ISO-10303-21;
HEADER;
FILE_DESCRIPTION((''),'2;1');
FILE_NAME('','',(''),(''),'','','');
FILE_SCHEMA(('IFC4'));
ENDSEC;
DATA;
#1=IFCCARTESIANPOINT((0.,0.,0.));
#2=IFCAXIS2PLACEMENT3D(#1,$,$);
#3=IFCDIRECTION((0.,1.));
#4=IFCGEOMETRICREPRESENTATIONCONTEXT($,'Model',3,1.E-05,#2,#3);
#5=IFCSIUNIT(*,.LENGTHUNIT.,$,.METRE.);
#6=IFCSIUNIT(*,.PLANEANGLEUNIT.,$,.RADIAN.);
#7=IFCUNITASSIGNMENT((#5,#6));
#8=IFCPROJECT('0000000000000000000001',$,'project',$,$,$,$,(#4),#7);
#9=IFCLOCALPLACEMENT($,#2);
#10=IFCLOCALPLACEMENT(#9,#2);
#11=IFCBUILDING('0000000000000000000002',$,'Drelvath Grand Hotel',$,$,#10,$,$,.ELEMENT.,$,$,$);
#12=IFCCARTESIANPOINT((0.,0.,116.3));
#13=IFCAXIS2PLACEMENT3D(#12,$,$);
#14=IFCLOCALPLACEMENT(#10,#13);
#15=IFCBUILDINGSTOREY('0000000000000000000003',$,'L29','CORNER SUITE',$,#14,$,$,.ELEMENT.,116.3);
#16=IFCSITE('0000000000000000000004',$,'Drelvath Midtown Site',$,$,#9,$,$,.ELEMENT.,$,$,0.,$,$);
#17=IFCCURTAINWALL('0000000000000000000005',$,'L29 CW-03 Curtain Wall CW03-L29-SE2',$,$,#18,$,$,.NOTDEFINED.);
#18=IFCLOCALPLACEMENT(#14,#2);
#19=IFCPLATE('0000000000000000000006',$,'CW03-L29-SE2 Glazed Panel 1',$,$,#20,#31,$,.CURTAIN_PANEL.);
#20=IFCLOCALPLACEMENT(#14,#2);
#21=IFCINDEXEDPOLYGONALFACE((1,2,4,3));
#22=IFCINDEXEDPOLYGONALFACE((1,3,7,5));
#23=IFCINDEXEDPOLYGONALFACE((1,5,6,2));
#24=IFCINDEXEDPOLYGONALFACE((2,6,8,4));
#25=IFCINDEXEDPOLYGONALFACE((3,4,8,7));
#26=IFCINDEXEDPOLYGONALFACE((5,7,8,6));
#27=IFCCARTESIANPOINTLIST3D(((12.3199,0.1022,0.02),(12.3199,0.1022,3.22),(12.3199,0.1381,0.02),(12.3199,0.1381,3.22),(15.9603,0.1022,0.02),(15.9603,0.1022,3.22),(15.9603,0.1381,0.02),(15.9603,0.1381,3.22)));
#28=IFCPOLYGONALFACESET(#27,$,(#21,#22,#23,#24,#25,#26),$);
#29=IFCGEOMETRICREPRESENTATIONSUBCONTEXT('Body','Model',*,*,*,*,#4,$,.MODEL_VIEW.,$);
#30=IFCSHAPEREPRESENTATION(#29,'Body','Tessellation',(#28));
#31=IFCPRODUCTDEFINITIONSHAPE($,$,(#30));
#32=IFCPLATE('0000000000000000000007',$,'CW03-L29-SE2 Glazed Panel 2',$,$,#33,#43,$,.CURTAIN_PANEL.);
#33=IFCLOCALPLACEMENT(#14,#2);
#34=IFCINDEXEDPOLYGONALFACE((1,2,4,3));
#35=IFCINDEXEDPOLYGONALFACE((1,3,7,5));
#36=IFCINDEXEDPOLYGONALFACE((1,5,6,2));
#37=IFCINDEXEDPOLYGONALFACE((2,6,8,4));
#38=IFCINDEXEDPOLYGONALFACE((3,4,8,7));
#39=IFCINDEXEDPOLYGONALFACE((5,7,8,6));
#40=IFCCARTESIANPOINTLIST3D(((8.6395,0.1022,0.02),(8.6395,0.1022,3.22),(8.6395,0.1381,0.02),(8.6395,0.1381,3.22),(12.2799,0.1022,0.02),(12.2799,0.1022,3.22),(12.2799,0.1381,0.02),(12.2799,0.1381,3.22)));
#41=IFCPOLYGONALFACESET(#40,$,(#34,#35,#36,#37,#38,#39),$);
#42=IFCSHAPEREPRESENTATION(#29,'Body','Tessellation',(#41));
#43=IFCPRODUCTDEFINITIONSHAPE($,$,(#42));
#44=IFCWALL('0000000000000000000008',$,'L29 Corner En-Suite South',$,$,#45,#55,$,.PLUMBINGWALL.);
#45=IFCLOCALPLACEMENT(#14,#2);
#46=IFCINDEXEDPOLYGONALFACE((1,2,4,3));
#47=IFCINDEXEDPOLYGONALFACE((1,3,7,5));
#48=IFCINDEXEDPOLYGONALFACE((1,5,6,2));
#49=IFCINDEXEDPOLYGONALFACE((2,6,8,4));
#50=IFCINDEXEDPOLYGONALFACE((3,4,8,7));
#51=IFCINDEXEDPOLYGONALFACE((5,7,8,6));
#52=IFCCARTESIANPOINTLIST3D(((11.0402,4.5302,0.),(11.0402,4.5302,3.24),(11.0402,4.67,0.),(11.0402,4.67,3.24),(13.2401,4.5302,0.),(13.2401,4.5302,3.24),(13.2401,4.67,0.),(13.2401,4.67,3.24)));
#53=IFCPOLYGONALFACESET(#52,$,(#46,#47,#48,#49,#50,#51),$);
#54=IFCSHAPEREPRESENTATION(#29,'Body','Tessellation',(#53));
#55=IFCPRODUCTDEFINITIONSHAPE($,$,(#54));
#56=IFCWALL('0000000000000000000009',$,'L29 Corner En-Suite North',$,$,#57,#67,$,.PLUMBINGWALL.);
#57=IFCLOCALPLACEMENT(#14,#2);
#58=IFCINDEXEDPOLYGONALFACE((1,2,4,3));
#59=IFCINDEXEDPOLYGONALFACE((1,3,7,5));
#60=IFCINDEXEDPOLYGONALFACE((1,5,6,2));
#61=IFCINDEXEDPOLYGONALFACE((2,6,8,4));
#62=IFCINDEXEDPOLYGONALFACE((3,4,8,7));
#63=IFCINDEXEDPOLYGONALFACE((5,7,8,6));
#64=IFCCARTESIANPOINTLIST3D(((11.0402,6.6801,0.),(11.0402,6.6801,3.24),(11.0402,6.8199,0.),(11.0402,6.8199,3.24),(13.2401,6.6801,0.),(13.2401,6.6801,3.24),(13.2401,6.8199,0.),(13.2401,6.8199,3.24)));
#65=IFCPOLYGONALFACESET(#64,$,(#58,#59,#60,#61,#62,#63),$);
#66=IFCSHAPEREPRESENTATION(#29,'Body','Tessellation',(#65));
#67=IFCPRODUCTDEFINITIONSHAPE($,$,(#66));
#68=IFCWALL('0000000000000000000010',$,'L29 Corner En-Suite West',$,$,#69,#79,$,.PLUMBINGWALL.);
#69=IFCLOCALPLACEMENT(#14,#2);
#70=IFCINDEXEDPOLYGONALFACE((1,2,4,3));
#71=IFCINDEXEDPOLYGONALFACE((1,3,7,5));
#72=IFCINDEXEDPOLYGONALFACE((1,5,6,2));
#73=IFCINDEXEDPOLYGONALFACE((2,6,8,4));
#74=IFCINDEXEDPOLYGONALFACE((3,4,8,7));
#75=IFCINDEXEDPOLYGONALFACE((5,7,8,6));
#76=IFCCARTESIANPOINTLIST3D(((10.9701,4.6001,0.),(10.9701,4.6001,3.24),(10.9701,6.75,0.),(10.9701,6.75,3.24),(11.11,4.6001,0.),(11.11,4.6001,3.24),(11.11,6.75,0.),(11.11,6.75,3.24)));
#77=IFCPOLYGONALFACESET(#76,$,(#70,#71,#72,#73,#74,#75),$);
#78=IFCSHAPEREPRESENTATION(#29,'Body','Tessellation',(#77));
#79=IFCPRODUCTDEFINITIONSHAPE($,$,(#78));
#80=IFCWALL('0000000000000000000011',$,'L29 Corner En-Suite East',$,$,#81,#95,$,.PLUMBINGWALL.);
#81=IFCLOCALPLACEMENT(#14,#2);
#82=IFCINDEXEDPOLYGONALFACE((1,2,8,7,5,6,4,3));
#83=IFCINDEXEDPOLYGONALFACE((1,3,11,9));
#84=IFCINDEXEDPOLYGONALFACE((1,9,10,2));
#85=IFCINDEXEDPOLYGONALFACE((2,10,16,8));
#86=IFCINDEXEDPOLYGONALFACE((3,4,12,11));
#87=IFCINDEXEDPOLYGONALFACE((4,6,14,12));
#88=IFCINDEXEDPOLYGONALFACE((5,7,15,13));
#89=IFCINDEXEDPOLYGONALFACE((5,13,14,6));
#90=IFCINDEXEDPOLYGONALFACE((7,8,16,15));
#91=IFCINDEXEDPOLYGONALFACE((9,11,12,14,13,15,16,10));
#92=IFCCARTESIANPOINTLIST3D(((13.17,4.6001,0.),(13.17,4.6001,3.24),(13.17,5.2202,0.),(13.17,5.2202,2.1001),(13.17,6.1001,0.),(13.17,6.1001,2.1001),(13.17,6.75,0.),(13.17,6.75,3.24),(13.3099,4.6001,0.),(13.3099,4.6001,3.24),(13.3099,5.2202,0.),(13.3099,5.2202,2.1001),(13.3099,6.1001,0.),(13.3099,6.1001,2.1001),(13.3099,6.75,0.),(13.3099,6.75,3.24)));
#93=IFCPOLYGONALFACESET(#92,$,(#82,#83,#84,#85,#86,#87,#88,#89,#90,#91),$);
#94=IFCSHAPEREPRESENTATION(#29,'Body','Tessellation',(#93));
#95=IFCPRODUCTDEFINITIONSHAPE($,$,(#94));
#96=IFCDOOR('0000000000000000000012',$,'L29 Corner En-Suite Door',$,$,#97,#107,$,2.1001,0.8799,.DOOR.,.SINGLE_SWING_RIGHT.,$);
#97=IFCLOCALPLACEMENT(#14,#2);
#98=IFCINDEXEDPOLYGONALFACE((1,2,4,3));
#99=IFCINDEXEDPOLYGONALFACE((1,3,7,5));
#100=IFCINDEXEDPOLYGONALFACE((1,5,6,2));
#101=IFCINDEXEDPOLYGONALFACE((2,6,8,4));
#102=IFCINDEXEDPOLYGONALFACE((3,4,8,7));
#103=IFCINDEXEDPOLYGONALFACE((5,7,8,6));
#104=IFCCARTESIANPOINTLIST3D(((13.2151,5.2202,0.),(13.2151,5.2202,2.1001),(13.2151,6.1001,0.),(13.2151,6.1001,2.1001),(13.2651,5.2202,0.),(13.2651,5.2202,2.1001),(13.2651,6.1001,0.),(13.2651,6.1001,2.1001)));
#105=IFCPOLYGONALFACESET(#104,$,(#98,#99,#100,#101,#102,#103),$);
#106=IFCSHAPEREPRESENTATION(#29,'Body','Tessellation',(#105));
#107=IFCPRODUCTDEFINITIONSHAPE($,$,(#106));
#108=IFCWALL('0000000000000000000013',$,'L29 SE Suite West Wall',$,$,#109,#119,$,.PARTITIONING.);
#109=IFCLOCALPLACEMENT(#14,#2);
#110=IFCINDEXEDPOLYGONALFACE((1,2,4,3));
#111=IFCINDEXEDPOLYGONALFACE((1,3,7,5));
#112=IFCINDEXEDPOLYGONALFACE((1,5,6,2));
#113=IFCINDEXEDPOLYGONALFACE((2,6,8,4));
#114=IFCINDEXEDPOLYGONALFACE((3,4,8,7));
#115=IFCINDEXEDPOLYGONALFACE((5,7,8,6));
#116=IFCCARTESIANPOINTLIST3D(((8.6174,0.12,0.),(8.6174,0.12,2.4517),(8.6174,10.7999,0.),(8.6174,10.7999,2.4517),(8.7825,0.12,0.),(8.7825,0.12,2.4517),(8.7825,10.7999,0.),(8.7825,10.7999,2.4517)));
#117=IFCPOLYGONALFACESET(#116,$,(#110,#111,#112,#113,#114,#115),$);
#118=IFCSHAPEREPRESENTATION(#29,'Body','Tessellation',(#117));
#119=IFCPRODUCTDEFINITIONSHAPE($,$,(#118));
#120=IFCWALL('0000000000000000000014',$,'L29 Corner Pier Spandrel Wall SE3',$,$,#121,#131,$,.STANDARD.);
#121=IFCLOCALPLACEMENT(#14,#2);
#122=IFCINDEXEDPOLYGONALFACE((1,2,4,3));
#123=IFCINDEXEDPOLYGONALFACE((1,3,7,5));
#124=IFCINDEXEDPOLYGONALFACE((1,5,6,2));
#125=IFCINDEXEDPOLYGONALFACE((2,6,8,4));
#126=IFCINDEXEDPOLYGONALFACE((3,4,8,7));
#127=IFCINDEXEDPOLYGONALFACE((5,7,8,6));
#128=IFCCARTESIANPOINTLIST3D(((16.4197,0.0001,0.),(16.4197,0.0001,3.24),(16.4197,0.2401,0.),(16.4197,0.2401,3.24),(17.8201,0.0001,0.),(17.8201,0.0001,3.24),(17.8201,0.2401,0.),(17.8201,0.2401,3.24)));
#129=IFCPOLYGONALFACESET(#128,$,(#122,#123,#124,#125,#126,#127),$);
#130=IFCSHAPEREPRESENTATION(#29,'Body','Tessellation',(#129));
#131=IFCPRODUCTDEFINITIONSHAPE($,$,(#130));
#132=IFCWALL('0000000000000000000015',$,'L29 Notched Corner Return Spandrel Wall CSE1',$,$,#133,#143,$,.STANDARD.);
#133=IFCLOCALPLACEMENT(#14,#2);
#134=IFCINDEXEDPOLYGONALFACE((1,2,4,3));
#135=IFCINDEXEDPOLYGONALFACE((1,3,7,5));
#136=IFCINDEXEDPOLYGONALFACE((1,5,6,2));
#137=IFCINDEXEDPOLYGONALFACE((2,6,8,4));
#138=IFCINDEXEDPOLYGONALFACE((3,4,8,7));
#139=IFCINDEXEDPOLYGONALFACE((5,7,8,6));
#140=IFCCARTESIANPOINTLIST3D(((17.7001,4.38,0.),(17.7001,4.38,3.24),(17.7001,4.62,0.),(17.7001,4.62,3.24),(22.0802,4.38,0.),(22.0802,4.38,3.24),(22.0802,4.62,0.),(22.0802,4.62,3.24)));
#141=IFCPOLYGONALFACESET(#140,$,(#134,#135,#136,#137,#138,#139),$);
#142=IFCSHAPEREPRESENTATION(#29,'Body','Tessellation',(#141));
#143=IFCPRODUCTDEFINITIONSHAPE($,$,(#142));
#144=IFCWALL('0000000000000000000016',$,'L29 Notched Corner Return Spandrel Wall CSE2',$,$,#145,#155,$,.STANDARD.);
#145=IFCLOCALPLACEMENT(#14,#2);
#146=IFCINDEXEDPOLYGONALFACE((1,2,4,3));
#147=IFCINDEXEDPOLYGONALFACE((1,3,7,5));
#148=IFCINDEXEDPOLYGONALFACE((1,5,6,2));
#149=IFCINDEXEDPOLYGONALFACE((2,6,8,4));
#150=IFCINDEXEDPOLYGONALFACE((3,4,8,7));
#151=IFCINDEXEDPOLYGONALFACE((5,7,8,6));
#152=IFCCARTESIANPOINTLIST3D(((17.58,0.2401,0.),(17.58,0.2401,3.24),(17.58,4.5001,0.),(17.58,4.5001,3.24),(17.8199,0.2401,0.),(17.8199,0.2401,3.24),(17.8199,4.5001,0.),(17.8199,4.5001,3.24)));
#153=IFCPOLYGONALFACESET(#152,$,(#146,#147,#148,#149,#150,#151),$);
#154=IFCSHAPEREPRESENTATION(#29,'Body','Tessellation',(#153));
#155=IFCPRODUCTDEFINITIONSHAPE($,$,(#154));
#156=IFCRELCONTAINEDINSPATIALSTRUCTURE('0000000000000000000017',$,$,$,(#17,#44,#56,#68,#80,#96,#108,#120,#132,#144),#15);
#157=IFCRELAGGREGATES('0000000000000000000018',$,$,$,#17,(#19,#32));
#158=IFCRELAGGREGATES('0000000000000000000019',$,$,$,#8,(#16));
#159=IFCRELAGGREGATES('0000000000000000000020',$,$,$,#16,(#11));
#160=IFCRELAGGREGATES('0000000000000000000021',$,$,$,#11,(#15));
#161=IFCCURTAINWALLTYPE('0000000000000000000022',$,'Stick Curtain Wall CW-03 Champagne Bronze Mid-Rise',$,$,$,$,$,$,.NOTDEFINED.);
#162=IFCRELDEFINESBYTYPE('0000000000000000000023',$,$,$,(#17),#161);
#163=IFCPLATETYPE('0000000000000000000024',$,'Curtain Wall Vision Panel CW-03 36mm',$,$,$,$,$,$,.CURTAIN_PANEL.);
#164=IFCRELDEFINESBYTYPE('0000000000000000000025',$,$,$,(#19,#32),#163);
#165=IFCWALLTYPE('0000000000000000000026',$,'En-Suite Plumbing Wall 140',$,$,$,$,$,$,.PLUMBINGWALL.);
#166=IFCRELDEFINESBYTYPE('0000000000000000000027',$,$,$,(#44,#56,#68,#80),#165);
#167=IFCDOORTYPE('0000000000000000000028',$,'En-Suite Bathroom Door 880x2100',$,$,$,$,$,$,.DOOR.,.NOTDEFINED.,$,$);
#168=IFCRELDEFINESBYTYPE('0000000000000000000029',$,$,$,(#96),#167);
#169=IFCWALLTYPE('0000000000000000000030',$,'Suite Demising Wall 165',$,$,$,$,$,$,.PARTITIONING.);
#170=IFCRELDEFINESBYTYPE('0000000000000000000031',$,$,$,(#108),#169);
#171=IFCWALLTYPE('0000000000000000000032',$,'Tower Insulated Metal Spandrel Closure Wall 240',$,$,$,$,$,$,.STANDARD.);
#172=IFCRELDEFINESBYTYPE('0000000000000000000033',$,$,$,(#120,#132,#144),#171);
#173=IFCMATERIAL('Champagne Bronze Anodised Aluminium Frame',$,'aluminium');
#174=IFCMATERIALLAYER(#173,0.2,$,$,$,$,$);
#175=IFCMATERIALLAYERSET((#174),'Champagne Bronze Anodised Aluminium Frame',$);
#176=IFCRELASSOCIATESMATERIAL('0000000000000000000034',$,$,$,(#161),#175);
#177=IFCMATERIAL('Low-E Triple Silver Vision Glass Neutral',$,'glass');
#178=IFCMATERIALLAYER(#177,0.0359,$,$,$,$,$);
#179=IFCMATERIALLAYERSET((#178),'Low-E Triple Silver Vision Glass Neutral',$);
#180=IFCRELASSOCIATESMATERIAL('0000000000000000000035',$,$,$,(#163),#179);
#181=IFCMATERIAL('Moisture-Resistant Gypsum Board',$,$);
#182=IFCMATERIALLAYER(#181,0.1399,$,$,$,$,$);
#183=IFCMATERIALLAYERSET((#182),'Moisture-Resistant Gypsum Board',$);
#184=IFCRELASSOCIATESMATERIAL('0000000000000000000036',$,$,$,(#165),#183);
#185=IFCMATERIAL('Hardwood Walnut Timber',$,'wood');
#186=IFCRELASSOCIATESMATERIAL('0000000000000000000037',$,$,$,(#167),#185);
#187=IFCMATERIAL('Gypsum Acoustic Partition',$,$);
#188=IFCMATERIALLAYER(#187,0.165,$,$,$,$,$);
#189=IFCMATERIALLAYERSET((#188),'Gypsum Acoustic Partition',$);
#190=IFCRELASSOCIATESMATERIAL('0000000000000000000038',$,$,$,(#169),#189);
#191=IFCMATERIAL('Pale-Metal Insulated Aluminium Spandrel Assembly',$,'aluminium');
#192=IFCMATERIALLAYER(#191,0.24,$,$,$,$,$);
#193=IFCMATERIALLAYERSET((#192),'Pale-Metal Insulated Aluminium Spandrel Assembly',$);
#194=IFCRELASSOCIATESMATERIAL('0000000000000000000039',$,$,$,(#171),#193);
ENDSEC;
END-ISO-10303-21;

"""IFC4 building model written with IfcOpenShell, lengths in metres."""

from ifc_helpers import new_model, si_unit, direction, frame, frame_2d, origin, origin_2d, place, context, subcontext, project, spatial, rectangle, extrude, material, layer, layer_set, type_object, element, fill, aggregate, save


model = new_model("IFC4")

# Units and contexts
model_context = context("Model", 3, precision=1e-05, world=origin(), true_north=direction((0.0, 1.0)))
body_context = subcontext(model_context, "Body", "Model", "MODEL_VIEW")
ifc_project = project(units=[si_unit("LENGTHUNIT", "METRE"), si_unit("PLANEANGLEUNIT", "RADIAN")], contexts=[model_context])

# Site, building, storey
site_placement = place(None, origin())
site = spatial("IfcSite", under=ifc_project, at=site_placement, Name="Drelvath Midtown Site", CompositionType="ELEMENT", RefElevation=0.0)
building_placement = place(site_placement, origin())
building = spatial("IfcBuilding", under=site, at=building_placement, Name="Drelvath Grand Hotel", CompositionType="ELEMENT")
storey_placement = place(building_placement, frame((0.0, 0.0, 116.3)))
storey = spatial("IfcBuildingStorey", under=building, at=storey_placement, Name="L29", Description="CORNER SUITE", CompositionType="ELEMENT", Elevation=116.3)

# Curtain wall
ifc_material_1 = material(Name="Champagne Bronze Anodised Aluminium Frame", Category="aluminium")
ifc_layer_1 = layer(ifc_material_1, 0.2)
ifc_layer_set_1 = layer_set([ifc_layer_1], Name="Champagne Bronze Anodised Aluminium Frame")
curtain_wall_type = type_object("IfcCurtainWallType", Name="Stick Curtain Wall CW-03 Champagne Bronze Mid-Rise", PredefinedType="NOTDEFINED", material=ifc_layer_set_1)
curtain_wall_1_placement = place(storey_placement, origin())
curtain_wall_1 = element("IfcCurtainWall", 1, at=curtain_wall_1_placement, inside=storey, type_object=curtain_wall_type, Name="L29 CW-03 Curtain Wall CW03-L29-SE2", PredefinedType="NOTDEFINED")

# Plates
ifc_material_2 = material(Name="Low-E Triple Silver Vision Glass Neutral", Category="glass")
ifc_layer_2 = layer(ifc_material_2, 0.0359)
ifc_layer_set_2 = layer_set([ifc_layer_2], Name="Low-E Triple Silver Vision Glass Neutral")
plate_type = type_object("IfcPlateType", Name="Curtain Wall Vision Panel CW-03 36mm", PredefinedType="CURTAIN_PANEL", material=ifc_layer_set_2)
plate_1_placement = place(storey_placement, frame((14.1401, 0.1201, 0.02), z_axis=(0.0, 0.0, 1.0), x_axis=(-1.0, 0.0, 0.0)))
plate_1 = element("IfcPlate", 2, at=plate_1_placement, type_object=plate_type, Name="CW03-L29-SE2 Glazed Panel 1", PredefinedType="CURTAIN_PANEL", context=body_context, shape_type="SweptSolid", body=[
    extrude(rectangle(XDim=3.6404, YDim=0.0359, at=origin_2d()), origin(), (0.0, 0.0, 1.0), 3.2),
])
plate_2_placement = place(storey_placement, frame((10.4597, 0.1201, 0.02), z_axis=(0.0, 0.0, 1.0), x_axis=(-1.0, 0.0, 0.0)))
plate_2 = element("IfcPlate", 3, at=plate_2_placement, type_object=plate_type, Name="CW03-L29-SE2 Glazed Panel 2", PredefinedType="CURTAIN_PANEL", context=body_context, shape_type="SweptSolid", body=[
    extrude(rectangle(XDim=3.6404, YDim=0.0359, at=origin_2d()), origin(), (0.0, 0.0, 1.0), 3.2),
])
aggregate(curtain_wall_1, [plate_1, plate_2])

# Walls
ifc_material_3 = material(Name="Moisture-Resistant Gypsum Board")
ifc_layer_3 = layer(ifc_material_3, 0.1399)
ifc_layer_set_3 = layer_set([ifc_layer_3], Name="Moisture-Resistant Gypsum Board")
wall_type_1 = type_object("IfcWallType", Name="En-Suite Plumbing Wall 140", PredefinedType="PLUMBINGWALL", material=ifc_layer_set_3)
for number, where, z_axis, x_axis, name in (
    (4, (11.04, 4.6001, 0.0), (0.0, 0.0, 1.0), (1.0, 0.0, 0.0), "L29 Corner En-Suite South"),
    (5, (11.04, 6.75, 0.0), (0.0, 0.0, 1.0), (1.0, 0.0, 0.0), "L29 Corner En-Suite North"),
):
    element("IfcWall", number, at=place(storey_placement, frame(where, z_axis=z_axis, x_axis=x_axis)), inside=storey, type_object=wall_type_1, Name=name, PredefinedType="PLUMBINGWALL", context=body_context, shape_type="SweptSolid", body=[
        extrude(rectangle(XDim=2.2, YDim=0.1399, at=frame_2d((1.1001, 0.0))), origin(), (0.0, 0.0, 1.0), 3.24),
    ])
wall_1_placement = place(storey_placement, frame((11.04, 4.6001, 0.0), z_axis=(0.0, 0.0, 1.0), x_axis=(0.0, 1.0, 0.0)))
element("IfcWall", 6, at=wall_1_placement, inside=storey, type_object=wall_type_1, Name="L29 Corner En-Suite West", PredefinedType="PLUMBINGWALL", context=body_context, shape_type="SweptSolid", body=[
    extrude(rectangle(XDim=2.1499, YDim=0.1399, at=frame_2d((1.075, 0.0))), origin(), (0.0, 0.0, 1.0), 3.24),
])

# Wall, opening, door
wall_2_placement = place(storey_placement, frame((13.24, 4.6001, 0.0), z_axis=(0.0, 0.0, 1.0), x_axis=(0.0, 1.0, 0.0)))
wall_2 = element("IfcWall", 7, at=wall_2_placement, inside=storey, type_object=wall_type_1, Name="L29 Corner En-Suite East", PredefinedType="PLUMBINGWALL", context=body_context, shape_type="SweptSolid", body=[
    extrude(rectangle(XDim=2.1499, YDim=0.1399, at=frame_2d((1.075, 0.0))), origin(), (0.0, 0.0, 1.0), 3.24),
])
opening_placement = place(wall_2_placement, frame((0.6201, 0.0, 0.0)))
opening = element("IfcOpeningElement", 8, at=opening_placement, cuts=wall_2, PredefinedType="OPENING", context=body_context, shape_type="SweptSolid", body=[
    extrude(rectangle(XDim=0.8799, YDim=2.1001, at=frame_2d((0.4399, 1.05))), frame((0.0, 0.0798, 0.0), z_axis=(0.0, -1.0, 0.0), x_axis=(1.0, 0.0, 0.0)), (0.0, 0.0, 1.0), 0.1599),
])
ifc_material_4 = material(Name="Hardwood Walnut Timber", Category="wood")
door_type = type_object("IfcDoorType", Name="En-Suite Bathroom Door 880x2100", OperationType="NOTDEFINED", PredefinedType="DOOR", material=ifc_material_4)
door_placement = place(opening_placement, origin())
door = element("IfcDoor", 9, at=door_placement, inside=storey, type_object=door_type, Name="L29 Corner En-Suite Door", OperationType="SINGLE_SWING_RIGHT", OverallHeight=2.1001, OverallWidth=0.8799, PredefinedType="DOOR", context=body_context, shape_type="SweptSolid", body=[
    extrude(rectangle(XDim=0.8799, YDim=2.1001, at=frame_2d((0.4399, 1.05))), frame((0.0, 0.0249, 0.0), z_axis=(0.0, -1.0, 0.0), x_axis=(1.0, 0.0, 0.0)), (0.0, 0.0, 1.0), 0.05),
])
fill(opening, door)

# Walls
ifc_material_5 = material(Name="Gypsum Acoustic Partition")
ifc_layer_4 = layer(ifc_material_5, 0.165)
ifc_layer_set_4 = layer_set([ifc_layer_4], Name="Gypsum Acoustic Partition")
wall_type_2 = type_object("IfcWallType", Name="Suite Demising Wall 165", PredefinedType="PARTITIONING", material=ifc_layer_set_4)
wall_3_placement = place(storey_placement, frame((8.7, 0.1201, 0.0), z_axis=(0.0, 0.0, 1.0), x_axis=(0.0, 1.0, 0.0)))
element("IfcWall", 10, at=wall_3_placement, inside=storey, type_object=wall_type_2, Name="L29 SE Suite West Wall", PredefinedType="PARTITIONING", context=body_context, shape_type="SweptSolid", body=[
    extrude(rectangle(XDim=10.6799, YDim=0.165, at=frame_2d((5.3398, 0.0))), origin(), (0.0, 0.0, 1.0), 2.4517),
])
ifc_material_6 = material(Name="Pale-Metal Insulated Aluminium Spandrel Assembly", Category="aluminium")
ifc_layer_5 = layer(ifc_material_6, 0.24)
ifc_layer_set_5 = layer_set([ifc_layer_5], Name="Pale-Metal Insulated Aluminium Spandrel Assembly")
wall_type_3 = type_object("IfcWallType", Name="Tower Insulated Metal Spandrel Closure Wall 240", PredefinedType="STANDARD", material=ifc_layer_set_5)
wall_4_placement = place(storey_placement, frame((17.8201, 0.1201, 0.0), z_axis=(0.0, 0.0, 1.0), x_axis=(-1.0, 0.0, 0.0)))
element("IfcWall", 11, at=wall_4_placement, inside=storey, type_object=wall_type_3, Name="L29 Corner Pier Spandrel Wall SE3", PredefinedType="STANDARD", context=body_context, shape_type="SweptSolid", body=[
    extrude(rectangle(XDim=1.4004, YDim=0.24, at=frame_2d((0.7002, 0.0))), origin(), (0.0, 0.0, 1.0), 3.24),
])
wall_5_placement = place(storey_placement, frame((22.0801, 4.5, 0.0), z_axis=(0.0, 0.0, 1.0), x_axis=(-1.0, 0.0, 0.0)))
element("IfcWall", 12, at=wall_5_placement, inside=storey, type_object=wall_type_3, Name="L29 Notched Corner Return Spandrel Wall CSE1", PredefinedType="STANDARD", context=body_context, shape_type="SweptSolid", body=[
    extrude(rectangle(XDim=4.3801, YDim=0.24, at=frame_2d((2.1899, 0.0))), origin(), (0.0, 0.0, 1.0), 3.24),
])
wall_6_placement = place(storey_placement, frame((17.7, 4.5, 0.0), z_axis=(0.0, 0.0, 1.0), x_axis=(0.0, -1.0, 0.0)))
element("IfcWall", 13, at=wall_6_placement, inside=storey, type_object=wall_type_3, Name="L29 Notched Corner Return Spandrel Wall CSE2", PredefinedType="STANDARD", context=body_context, shape_type="SweptSolid", body=[
    extrude(rectangle(XDim=4.26, YDim=0.24, at=frame_2d((2.1299, 0.0))), origin(), (0.0, 0.0, 1.0), 3.24),
])

save(model, "model.ifc")
